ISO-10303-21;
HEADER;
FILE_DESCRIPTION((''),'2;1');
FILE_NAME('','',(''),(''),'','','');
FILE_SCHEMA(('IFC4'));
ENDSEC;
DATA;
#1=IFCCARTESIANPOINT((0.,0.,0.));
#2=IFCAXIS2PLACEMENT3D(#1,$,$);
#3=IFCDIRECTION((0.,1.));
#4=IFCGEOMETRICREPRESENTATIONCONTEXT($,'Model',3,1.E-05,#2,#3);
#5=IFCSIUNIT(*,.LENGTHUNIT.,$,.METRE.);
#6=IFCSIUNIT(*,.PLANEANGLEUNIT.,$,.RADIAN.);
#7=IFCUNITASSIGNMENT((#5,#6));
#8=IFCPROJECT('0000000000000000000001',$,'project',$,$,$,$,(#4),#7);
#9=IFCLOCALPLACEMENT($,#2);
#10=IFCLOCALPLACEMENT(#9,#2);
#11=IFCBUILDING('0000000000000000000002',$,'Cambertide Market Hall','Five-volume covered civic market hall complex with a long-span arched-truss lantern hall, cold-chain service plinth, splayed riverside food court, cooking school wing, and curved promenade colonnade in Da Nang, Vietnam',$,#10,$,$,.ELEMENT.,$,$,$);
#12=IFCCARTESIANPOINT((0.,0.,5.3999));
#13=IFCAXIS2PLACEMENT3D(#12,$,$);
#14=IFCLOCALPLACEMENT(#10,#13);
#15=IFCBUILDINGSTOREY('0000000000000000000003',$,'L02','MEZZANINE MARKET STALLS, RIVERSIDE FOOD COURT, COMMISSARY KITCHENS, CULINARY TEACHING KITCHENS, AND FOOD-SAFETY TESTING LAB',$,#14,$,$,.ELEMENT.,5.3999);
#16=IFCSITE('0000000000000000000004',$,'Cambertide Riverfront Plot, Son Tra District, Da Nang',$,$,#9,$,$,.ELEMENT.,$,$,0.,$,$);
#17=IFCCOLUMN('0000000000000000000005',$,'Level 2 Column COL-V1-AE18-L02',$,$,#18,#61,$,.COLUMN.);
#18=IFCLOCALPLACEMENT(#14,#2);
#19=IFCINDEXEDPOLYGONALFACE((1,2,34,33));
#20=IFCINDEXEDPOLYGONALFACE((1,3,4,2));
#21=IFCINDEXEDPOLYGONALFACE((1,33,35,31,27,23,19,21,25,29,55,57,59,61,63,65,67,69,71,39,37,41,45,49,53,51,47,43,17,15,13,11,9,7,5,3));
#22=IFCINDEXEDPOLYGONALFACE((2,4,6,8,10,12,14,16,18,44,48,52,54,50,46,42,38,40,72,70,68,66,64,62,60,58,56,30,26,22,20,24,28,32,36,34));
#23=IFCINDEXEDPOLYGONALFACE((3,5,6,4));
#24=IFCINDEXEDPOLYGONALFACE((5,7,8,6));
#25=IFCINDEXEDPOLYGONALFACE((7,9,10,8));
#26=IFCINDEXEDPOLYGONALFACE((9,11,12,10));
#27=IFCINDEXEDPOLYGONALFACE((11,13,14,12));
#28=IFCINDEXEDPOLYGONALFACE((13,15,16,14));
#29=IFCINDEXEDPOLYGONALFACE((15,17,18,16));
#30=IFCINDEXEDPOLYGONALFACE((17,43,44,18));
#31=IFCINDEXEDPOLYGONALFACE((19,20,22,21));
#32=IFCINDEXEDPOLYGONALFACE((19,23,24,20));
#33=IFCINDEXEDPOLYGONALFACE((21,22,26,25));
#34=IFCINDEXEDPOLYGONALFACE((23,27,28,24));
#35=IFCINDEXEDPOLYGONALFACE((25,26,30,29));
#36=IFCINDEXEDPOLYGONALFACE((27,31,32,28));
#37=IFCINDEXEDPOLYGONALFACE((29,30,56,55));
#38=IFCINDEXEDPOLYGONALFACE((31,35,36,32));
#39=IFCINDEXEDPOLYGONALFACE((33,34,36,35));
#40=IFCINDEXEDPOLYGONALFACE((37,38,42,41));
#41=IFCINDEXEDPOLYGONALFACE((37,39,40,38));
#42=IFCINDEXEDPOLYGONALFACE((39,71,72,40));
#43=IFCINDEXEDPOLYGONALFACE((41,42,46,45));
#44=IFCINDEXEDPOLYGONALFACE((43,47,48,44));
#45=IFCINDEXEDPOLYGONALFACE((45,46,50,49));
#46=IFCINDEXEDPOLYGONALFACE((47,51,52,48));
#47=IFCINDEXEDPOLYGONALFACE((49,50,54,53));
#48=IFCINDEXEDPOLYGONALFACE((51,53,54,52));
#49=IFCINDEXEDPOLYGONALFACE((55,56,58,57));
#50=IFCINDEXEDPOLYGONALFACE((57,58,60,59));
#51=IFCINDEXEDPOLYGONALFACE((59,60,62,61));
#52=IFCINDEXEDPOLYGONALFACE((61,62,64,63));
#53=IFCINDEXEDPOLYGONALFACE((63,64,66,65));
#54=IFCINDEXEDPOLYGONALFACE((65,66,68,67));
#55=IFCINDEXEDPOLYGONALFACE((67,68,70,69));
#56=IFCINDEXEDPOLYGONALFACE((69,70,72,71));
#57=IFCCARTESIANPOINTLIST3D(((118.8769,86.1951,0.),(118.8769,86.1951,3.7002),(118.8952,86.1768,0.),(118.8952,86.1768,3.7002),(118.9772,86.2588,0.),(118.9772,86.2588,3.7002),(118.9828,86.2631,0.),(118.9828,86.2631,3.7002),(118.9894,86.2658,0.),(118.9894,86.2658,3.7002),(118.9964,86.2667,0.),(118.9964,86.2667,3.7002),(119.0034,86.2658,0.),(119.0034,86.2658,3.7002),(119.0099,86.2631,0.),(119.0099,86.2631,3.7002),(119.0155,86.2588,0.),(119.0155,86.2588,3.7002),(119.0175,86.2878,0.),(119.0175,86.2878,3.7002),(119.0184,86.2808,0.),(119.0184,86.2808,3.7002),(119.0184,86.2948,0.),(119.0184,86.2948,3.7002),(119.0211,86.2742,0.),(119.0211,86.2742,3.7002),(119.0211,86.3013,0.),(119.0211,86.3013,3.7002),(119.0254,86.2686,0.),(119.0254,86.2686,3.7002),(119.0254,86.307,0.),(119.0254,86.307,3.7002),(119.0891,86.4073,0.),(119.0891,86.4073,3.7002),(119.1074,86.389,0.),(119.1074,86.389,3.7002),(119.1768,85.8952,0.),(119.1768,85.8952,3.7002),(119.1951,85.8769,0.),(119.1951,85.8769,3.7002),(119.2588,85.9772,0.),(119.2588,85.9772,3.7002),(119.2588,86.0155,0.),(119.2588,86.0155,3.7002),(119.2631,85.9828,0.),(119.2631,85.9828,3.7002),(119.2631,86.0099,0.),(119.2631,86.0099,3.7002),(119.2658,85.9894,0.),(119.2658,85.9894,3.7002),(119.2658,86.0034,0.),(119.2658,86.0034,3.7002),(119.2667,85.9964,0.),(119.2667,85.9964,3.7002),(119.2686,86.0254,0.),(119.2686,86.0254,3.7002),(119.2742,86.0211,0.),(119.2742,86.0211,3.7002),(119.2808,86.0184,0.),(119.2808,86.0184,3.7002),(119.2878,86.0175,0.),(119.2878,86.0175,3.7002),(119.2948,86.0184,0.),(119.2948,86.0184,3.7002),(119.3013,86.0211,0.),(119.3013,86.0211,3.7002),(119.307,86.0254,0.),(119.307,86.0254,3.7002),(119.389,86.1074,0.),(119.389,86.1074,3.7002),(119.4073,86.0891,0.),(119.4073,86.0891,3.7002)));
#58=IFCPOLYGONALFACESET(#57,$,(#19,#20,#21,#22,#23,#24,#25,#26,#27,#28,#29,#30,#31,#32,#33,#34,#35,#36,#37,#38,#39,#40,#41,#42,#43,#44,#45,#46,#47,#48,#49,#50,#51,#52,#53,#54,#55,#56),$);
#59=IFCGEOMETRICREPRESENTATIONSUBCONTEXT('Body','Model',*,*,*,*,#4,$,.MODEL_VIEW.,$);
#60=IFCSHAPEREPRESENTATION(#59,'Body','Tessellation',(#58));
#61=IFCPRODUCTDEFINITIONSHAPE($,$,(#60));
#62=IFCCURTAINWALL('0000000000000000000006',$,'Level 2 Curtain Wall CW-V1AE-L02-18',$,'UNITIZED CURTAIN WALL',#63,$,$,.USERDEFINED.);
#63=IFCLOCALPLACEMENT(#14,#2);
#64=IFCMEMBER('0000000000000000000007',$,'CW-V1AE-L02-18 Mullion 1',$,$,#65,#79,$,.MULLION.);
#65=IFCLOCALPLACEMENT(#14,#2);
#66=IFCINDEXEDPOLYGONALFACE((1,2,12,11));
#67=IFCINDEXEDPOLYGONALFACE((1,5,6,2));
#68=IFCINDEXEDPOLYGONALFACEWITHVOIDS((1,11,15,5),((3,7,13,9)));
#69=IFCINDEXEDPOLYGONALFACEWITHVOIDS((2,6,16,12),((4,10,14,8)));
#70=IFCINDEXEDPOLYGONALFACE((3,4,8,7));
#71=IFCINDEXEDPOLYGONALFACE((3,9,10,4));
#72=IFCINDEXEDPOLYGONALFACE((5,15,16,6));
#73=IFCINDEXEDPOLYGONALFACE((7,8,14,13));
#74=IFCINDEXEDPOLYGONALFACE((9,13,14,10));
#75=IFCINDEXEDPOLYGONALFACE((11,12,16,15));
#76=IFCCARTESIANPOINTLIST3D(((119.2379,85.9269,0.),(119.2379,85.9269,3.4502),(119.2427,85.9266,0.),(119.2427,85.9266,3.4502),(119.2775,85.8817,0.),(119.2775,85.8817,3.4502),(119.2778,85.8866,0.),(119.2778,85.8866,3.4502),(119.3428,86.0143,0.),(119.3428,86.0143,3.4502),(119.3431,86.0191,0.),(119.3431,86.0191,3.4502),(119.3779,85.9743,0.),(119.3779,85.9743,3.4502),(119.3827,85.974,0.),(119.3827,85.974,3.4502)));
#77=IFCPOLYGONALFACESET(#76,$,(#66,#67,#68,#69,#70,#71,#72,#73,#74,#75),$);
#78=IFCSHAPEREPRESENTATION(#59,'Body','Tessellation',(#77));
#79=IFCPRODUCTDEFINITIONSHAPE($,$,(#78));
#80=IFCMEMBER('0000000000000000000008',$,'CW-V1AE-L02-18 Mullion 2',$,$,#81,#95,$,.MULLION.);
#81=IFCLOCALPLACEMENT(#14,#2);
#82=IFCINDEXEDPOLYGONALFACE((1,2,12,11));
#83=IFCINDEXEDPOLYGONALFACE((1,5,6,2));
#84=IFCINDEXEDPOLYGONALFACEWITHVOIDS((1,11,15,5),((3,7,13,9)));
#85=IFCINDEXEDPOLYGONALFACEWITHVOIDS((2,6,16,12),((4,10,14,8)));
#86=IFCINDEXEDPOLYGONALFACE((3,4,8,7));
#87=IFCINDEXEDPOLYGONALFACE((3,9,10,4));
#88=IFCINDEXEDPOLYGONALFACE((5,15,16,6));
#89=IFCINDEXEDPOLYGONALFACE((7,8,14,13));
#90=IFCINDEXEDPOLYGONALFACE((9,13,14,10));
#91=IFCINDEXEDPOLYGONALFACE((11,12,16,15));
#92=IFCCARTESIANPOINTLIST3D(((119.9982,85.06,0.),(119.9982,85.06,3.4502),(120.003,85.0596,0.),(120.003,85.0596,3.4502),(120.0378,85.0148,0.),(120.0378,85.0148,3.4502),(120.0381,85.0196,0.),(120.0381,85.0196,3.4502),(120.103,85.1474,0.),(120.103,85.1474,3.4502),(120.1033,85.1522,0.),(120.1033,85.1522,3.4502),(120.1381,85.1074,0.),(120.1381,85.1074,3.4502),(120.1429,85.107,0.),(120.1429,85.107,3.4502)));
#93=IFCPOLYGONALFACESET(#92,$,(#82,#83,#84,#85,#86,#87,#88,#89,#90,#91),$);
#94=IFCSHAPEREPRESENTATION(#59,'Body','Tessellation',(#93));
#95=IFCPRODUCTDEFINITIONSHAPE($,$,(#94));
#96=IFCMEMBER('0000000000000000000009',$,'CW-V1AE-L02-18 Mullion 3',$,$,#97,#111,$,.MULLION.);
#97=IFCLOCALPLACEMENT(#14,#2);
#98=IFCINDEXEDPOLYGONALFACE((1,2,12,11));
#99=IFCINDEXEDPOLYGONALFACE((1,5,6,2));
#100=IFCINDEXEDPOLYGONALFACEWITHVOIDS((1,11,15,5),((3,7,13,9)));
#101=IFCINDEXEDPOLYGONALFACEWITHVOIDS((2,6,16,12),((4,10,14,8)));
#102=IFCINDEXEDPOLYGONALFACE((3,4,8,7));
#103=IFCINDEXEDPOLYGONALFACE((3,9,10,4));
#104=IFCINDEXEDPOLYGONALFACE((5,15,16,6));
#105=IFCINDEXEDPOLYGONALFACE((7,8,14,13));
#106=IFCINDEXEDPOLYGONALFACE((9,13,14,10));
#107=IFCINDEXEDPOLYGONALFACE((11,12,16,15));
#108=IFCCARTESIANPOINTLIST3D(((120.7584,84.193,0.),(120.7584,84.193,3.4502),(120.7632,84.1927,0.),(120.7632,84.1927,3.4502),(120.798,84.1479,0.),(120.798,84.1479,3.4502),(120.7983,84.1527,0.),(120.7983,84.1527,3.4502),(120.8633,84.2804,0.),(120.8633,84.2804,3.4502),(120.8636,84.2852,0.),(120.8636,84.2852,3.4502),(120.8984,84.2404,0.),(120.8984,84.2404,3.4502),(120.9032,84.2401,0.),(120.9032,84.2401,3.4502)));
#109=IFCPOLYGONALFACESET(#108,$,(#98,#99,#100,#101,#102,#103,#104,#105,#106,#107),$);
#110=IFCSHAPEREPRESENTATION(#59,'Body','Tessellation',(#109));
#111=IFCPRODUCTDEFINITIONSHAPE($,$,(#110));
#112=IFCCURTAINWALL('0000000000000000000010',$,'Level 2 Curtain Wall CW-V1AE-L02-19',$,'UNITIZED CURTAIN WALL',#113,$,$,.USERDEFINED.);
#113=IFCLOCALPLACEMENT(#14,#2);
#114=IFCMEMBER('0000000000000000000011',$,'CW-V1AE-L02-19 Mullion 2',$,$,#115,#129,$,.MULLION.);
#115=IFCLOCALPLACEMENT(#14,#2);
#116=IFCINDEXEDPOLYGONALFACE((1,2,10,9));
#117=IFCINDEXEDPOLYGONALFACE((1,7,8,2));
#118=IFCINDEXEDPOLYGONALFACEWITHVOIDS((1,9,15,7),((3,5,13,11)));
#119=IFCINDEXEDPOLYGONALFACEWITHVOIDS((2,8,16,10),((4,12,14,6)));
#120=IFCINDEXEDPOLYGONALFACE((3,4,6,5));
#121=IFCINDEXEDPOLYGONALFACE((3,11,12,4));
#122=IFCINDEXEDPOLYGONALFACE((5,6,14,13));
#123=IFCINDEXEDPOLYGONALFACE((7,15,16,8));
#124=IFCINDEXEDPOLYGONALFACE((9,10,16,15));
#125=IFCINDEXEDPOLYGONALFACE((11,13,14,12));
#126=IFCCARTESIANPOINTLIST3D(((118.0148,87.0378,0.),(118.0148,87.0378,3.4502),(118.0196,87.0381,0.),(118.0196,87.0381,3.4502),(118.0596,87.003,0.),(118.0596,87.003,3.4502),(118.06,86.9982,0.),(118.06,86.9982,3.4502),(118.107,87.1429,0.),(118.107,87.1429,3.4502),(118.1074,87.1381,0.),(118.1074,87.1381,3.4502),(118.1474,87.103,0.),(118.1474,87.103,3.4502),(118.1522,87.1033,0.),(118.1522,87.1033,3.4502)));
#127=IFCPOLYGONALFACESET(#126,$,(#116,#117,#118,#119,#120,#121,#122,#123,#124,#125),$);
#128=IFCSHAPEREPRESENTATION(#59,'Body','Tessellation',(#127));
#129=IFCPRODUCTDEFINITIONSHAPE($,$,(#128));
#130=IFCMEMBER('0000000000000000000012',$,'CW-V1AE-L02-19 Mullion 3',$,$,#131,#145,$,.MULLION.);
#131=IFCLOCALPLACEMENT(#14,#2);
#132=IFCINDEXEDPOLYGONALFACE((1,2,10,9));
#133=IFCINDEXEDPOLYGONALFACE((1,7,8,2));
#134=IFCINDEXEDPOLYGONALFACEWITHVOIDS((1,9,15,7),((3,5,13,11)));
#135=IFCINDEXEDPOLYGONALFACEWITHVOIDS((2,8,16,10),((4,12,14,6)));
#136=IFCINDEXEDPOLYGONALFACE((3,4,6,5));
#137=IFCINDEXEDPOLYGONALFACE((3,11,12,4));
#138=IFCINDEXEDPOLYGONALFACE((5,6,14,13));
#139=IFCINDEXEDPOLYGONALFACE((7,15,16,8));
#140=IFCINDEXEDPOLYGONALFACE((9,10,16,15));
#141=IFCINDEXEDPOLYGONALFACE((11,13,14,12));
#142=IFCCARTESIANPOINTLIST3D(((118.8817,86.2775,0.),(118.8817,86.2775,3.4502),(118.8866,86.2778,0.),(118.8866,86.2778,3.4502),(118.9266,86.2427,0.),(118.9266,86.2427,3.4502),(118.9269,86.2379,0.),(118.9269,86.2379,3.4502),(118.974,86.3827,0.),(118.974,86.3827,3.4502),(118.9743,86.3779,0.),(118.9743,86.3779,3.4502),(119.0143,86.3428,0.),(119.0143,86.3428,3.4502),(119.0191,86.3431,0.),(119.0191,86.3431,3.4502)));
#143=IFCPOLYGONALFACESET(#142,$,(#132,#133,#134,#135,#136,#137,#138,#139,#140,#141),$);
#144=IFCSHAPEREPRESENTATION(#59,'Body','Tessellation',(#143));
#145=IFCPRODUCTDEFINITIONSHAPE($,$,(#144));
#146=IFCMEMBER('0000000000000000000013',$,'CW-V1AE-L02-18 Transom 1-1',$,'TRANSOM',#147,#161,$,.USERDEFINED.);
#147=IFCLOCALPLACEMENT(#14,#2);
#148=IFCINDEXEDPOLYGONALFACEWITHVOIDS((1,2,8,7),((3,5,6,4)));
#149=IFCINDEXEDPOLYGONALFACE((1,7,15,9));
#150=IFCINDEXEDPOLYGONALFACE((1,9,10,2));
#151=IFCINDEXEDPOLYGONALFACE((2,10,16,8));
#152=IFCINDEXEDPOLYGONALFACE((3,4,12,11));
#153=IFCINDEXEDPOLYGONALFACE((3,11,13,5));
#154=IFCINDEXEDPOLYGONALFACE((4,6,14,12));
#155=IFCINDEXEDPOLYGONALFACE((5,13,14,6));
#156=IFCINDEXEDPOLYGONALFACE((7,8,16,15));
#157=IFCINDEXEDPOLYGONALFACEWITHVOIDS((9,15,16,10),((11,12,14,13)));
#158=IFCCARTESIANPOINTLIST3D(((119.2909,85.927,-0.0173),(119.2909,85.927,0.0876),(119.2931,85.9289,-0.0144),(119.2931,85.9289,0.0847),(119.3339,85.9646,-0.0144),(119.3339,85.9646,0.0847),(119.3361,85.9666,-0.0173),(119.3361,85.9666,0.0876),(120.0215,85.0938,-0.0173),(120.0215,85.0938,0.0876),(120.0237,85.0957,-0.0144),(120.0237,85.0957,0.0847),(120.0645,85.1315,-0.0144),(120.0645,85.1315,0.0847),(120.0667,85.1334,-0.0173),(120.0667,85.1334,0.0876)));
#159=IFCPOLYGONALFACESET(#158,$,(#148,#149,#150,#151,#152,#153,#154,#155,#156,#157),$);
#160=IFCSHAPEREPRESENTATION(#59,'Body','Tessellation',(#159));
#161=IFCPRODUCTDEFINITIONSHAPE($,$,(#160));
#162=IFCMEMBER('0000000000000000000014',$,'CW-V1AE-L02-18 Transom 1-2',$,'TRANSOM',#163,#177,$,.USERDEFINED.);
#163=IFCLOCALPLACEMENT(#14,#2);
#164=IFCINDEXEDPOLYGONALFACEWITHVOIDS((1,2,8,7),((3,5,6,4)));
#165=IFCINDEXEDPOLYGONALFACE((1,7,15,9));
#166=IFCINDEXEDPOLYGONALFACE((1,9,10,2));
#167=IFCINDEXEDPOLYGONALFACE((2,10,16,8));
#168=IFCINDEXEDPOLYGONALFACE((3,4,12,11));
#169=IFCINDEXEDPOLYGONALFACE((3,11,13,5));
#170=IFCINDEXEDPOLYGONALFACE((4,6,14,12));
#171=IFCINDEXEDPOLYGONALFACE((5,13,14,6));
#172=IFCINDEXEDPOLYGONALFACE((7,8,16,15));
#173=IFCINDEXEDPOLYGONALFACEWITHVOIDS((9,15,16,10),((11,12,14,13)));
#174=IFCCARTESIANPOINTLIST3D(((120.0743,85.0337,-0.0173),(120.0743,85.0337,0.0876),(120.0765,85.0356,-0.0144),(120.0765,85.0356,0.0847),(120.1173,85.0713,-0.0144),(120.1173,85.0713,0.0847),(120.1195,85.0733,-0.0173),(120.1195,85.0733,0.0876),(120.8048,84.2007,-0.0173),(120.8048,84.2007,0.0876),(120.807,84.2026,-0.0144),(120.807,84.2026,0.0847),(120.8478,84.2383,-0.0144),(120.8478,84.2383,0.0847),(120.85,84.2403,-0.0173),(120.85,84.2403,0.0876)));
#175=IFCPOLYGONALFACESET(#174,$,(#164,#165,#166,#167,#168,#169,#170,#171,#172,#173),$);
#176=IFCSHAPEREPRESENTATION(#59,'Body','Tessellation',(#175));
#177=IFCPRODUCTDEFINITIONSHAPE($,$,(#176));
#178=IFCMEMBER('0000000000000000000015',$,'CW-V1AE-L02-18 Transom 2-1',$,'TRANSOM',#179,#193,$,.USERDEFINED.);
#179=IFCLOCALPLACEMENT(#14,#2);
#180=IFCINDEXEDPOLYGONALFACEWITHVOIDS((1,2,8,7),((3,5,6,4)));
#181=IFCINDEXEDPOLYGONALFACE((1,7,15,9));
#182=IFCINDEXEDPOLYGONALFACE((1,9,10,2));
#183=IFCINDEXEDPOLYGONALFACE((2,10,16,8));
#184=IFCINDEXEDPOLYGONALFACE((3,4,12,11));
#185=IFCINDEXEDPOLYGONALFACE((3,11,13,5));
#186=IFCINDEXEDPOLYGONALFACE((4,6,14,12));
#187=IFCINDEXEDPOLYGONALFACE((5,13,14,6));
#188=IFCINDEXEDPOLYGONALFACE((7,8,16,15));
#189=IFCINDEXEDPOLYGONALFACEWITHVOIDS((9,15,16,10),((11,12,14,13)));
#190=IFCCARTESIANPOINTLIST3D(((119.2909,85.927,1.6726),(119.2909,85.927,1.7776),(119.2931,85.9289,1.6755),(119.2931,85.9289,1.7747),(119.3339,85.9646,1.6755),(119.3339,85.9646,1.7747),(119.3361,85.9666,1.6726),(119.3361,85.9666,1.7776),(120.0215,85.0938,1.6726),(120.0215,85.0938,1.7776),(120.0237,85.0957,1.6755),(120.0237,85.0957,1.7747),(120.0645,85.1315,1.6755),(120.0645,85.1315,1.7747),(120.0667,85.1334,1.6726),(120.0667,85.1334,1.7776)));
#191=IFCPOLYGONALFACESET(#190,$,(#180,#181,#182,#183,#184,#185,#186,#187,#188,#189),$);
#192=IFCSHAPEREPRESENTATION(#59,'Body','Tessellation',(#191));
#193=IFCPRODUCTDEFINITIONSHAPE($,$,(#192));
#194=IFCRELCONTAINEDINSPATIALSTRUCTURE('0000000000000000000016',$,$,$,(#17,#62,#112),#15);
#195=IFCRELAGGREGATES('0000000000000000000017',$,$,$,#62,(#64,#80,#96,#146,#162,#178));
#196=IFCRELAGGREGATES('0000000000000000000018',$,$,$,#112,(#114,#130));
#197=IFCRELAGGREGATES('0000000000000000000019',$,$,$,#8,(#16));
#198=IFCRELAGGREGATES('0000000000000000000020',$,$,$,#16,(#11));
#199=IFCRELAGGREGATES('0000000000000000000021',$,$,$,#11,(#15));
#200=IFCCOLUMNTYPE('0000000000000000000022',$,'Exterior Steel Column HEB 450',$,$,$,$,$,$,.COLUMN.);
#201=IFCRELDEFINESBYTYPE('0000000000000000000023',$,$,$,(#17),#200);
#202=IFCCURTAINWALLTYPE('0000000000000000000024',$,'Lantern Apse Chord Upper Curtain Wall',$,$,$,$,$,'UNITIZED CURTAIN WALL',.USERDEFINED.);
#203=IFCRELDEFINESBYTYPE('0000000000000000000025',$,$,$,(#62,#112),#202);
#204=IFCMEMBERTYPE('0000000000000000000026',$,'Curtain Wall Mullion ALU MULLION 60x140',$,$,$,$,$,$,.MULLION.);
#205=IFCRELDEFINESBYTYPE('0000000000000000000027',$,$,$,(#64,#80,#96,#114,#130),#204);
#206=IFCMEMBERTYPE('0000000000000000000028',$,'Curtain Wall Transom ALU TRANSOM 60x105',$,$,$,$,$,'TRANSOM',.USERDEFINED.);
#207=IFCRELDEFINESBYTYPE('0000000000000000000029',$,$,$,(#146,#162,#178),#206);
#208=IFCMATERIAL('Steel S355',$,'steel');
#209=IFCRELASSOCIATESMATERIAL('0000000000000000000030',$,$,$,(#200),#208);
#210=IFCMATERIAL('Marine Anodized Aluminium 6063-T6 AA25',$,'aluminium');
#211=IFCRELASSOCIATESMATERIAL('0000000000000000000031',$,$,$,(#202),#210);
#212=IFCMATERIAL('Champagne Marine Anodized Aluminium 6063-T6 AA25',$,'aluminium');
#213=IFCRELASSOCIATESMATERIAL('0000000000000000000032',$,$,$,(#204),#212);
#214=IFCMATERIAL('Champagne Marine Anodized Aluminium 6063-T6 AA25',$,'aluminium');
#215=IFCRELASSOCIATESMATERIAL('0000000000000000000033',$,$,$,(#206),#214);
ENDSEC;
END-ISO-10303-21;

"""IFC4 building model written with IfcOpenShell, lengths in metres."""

from ifc_helpers import new_model, si_unit, direction, frame, origin, origin_2d, place, context, subcontext, project, spatial, hollow_rectangle, i_section, extrude, material, material_profile, profile_set, type_object, element, aggregate, save


model = new_model("IFC4")

# Units and contexts
model_context = context("Model", 3, precision=1e-05, world=origin(), true_north=direction((0.0, 1.0)))
body_context = subcontext(model_context, "Body", "Model", "MODEL_VIEW")
ifc_project = project(units=[si_unit("LENGTHUNIT", "METRE"), si_unit("PLANEANGLEUNIT", "RADIAN")], contexts=[model_context])

# Site, building, storey
site_placement = place(None, origin())
site = spatial("IfcSite", under=ifc_project, at=site_placement, Name="Cambertide Riverfront Plot, Son Tra District, Da Nang", CompositionType="ELEMENT", RefElevation=0.0)
building_placement = place(site_placement, origin())
building = spatial("IfcBuilding", under=site, at=building_placement, Name="Cambertide Market Hall", Description="Five-volume covered civic market hall complex with a long-span arched-truss lantern hall, cold-chain service plinth, splayed riverside food court, cooking school wing, and curved promenade colonnade in Da Nang, Vietnam", CompositionType="ELEMENT")
storey_placement = place(building_placement, frame((0.0, 0.0, 5.3999)))
storey = spatial("IfcBuildingStorey", under=building, at=storey_placement, Name="L02", Description="MEZZANINE MARKET STALLS, RIVERSIDE FOOD COURT, COMMISSARY KITCHENS, CULINARY TEACHING KITCHENS, AND FOOD-SAFETY TESTING LAB", CompositionType="ELEMENT", Elevation=5.3999)

# Column
ifc_material_1 = material(Name="Steel S355", Category="steel")
ifc_material_profile_1 = material_profile(ifc_material_1, i_section(OverallWidth=0.3, OverallDepth=0.45, WebThickness=0.0139, FlangeThickness=0.0259, FilletRadius=0.0271, at=origin_2d()), Name="HEB 450")
ifc_profile_set_1 = profile_set([ifc_material_profile_1], Name="Steel S355")
column_type = type_object("IfcColumnType", Name="Exterior Steel Column HEB 450", PredefinedType="COLUMN", material=ifc_profile_set_1)
column_placement = place(storey_placement, frame((119.1421, 86.1421, 0.0), z_axis=(0.0, 0.0, 1.0), x_axis=(0.707107, 0.707107, 0.0)))
element("IfcColumn", 1, at=column_placement, inside=storey, type_object=column_type, Name="Level 2 Column COL-V1-AE18-L02", PredefinedType="COLUMN", context=body_context, shape_type="SweptSolid", body=[
    extrude(i_section(OverallWidth=0.3, OverallDepth=0.45, WebThickness=0.0139, FlangeThickness=0.0259, FilletRadius=0.0271, at=origin_2d()), origin(), (0.0, 0.0, 1.0), 3.7002),
])

# Curtain walls, members
ifc_material_2 = material(Name="Marine Anodized Aluminium 6063-T6 AA25", Category="aluminium")
curtain_wall_type = type_object("IfcCurtainWallType", Name="Lantern Apse Chord Upper Curtain Wall", ElementType="UNITIZED CURTAIN WALL", PredefinedType="USERDEFINED", material=ifc_material_2)
curtain_wall_1_placement = place(storey_placement, origin())
curtain_wall_1 = element("IfcCurtainWall", 2, at=curtain_wall_1_placement, inside=storey, type_object=curtain_wall_type, Name="Level 2 Curtain Wall CW-V1AE-L02-18", ObjectType="UNITIZED CURTAIN WALL", PredefinedType="USERDEFINED")
ifc_material_3 = material(Name="Champagne Marine Anodized Aluminium 6063-T6 AA25", Category="aluminium")
ifc_material_profile_2 = material_profile(ifc_material_3, hollow_rectangle(XDim=0.0601, YDim=0.1399, WallThickness=0.0034, at=origin_2d()), Name="ALU MULLION 60x140")
ifc_profile_set_2 = profile_set([ifc_material_profile_2], Name="Champagne Marine Anodized Aluminium 6063-T6 AA25")
member_type_1 = type_object("IfcMemberType", Name="Curtain Wall Mullion ALU MULLION 60x140", PredefinedType="MULLION", material=ifc_profile_set_2)
member_1_placement = place(storey_placement, frame((119.3103, 85.9504, 0.0), z_axis=(0.0, 0.0, 1.0), x_axis=(0.659346, -0.75184, 0.0)))
member_1 = element("IfcMember", 3, at=member_1_placement, type_object=member_type_1, Name="CW-V1AE-L02-18 Mullion 1", PredefinedType="MULLION", context=body_context, shape_type="SweptSolid", body=[
    extrude(hollow_rectangle(XDim=0.0601, YDim=0.1399, WallThickness=0.0034, at=origin_2d()), origin(), (0.0, 0.0, 1.0), 3.4502),
])
member_2_placement = place(storey_placement, frame((120.0706, 85.0835, 0.0), z_axis=(0.0, 0.0, 1.0), x_axis=(0.659346, -0.75184, 0.0)))
member_2 = element("IfcMember", 4, at=member_2_placement, type_object=member_type_1, Name="CW-V1AE-L02-18 Mullion 2", PredefinedType="MULLION", context=body_context, shape_type="SweptSolid", body=[
    extrude(hollow_rectangle(XDim=0.0601, YDim=0.1399, WallThickness=0.0034, at=origin_2d()), origin(), (0.0, 0.0, 1.0), 3.4502),
])
member_3_placement = place(storey_placement, frame((120.8308, 84.2166, 0.0), z_axis=(0.0, 0.0, 1.0), x_axis=(0.659346, -0.75184, 0.0)))
member_3 = element("IfcMember", 5, at=member_3_placement, type_object=member_type_1, Name="CW-V1AE-L02-18 Mullion 3", PredefinedType="MULLION", context=body_context, shape_type="SweptSolid", body=[
    extrude(hollow_rectangle(XDim=0.0601, YDim=0.1399, WallThickness=0.0034, at=origin_2d()), origin(), (0.0, 0.0, 1.0), 3.4502),
])
curtain_wall_2_placement = place(storey_placement, origin())
curtain_wall_2 = element("IfcCurtainWall", 6, at=curtain_wall_2_placement, inside=storey, type_object=curtain_wall_type, Name="Level 2 Curtain Wall CW-V1AE-L02-19", ObjectType="UNITIZED CURTAIN WALL", PredefinedType="USERDEFINED")
member_4_placement = place(storey_placement, frame((118.0835, 87.0706, 0.0), z_axis=(0.0, 0.0, 1.0), x_axis=(0.75184, -0.659346, 0.0)))
member_4 = element("IfcMember", 7, at=member_4_placement, type_object=member_type_1, Name="CW-V1AE-L02-19 Mullion 2", PredefinedType="MULLION", context=body_context, shape_type="SweptSolid", body=[
    extrude(hollow_rectangle(XDim=0.0601, YDim=0.1399, WallThickness=0.0034, at=origin_2d()), origin(), (0.0, 0.0, 1.0), 3.4502),
])
member_5_placement = place(storey_placement, frame((118.9504, 86.3103, 0.0), z_axis=(0.0, 0.0, 1.0), x_axis=(0.75184, -0.659346, 0.0)))
member_5 = element("IfcMember", 8, at=member_5_placement, type_object=member_type_1, Name="CW-V1AE-L02-19 Mullion 3", PredefinedType="MULLION", context=body_context, shape_type="SweptSolid", body=[
    extrude(hollow_rectangle(XDim=0.0601, YDim=0.1399, WallThickness=0.0034, at=origin_2d()), origin(), (0.0, 0.0, 1.0), 3.4502),
])

# Members
ifc_material_4 = material(Name="Champagne Marine Anodized Aluminium 6063-T6 AA25", Category="aluminium")
ifc_material_profile_3 = material_profile(ifc_material_4, hollow_rectangle(XDim=0.0601, YDim=0.105, WallThickness=0.0029, at=origin_2d()), Name="ALU TRANSOM 60x105")
ifc_profile_set_3 = profile_set([ifc_material_profile_3], Name="Champagne Marine Anodized Aluminium 6063-T6 AA25")
member_type_2 = type_object("IfcMemberType", Name="Curtain Wall Transom ALU TRANSOM 60x105", ElementType="TRANSOM", PredefinedType="USERDEFINED", material=ifc_profile_set_3)
member_6_placement = place(storey_placement, frame((119.3135, 85.9468, 0.0352), z_axis=(0.659331, -0.751853, 0.0), x_axis=(0.751853, 0.659331, 0.0)))
member_6 = element("IfcMember", 9, at=member_6_placement, type_object=member_type_2, Name="CW-V1AE-L02-18 Transom 1-1", ObjectType="TRANSOM", PredefinedType="USERDEFINED", context=body_context, shape_type="SweptSolid", body=[
    extrude(hollow_rectangle(XDim=0.0601, YDim=0.105, WallThickness=0.0029, at=origin_2d()), origin(), (0.0, 0.0, 1.0), 1.1082),
])
member_7_placement = place(storey_placement, frame((120.0969, 85.0535, 0.0352), z_axis=(0.659315, -0.751866, 0.0), x_axis=(0.751866, 0.659315, 0.0)))
member_7 = element("IfcMember", 10, at=member_7_placement, type_object=member_type_2, Name="CW-V1AE-L02-18 Transom 1-2", ObjectType="TRANSOM", PredefinedType="USERDEFINED", context=body_context, shape_type="SweptSolid", body=[
    extrude(hollow_rectangle(XDim=0.0601, YDim=0.105, WallThickness=0.0029, at=origin_2d()), origin(), (0.0, 0.0, 1.0), 1.1079),
])
member_8_placement = place(storey_placement, frame((119.3135, 85.9468, 1.7251), z_axis=(0.659331, -0.751853, 0.0), x_axis=(0.751853, 0.659331, 0.0)))
member_8 = element("IfcMember", 11, at=member_8_placement, type_object=member_type_2, Name="CW-V1AE-L02-18 Transom 2-1", ObjectType="TRANSOM", PredefinedType="USERDEFINED", context=body_context, shape_type="SweptSolid", body=[
    extrude(hollow_rectangle(XDim=0.0601, YDim=0.105, WallThickness=0.0029, at=origin_2d()), origin(), (0.0, 0.0, 1.0), 1.1082),
])

aggregate(curtain_wall_1, [member_1, member_2, member_3, member_6, member_7, member_8])
aggregate(curtain_wall_2, [member_4, member_5])

save(model, "model.ifc")
